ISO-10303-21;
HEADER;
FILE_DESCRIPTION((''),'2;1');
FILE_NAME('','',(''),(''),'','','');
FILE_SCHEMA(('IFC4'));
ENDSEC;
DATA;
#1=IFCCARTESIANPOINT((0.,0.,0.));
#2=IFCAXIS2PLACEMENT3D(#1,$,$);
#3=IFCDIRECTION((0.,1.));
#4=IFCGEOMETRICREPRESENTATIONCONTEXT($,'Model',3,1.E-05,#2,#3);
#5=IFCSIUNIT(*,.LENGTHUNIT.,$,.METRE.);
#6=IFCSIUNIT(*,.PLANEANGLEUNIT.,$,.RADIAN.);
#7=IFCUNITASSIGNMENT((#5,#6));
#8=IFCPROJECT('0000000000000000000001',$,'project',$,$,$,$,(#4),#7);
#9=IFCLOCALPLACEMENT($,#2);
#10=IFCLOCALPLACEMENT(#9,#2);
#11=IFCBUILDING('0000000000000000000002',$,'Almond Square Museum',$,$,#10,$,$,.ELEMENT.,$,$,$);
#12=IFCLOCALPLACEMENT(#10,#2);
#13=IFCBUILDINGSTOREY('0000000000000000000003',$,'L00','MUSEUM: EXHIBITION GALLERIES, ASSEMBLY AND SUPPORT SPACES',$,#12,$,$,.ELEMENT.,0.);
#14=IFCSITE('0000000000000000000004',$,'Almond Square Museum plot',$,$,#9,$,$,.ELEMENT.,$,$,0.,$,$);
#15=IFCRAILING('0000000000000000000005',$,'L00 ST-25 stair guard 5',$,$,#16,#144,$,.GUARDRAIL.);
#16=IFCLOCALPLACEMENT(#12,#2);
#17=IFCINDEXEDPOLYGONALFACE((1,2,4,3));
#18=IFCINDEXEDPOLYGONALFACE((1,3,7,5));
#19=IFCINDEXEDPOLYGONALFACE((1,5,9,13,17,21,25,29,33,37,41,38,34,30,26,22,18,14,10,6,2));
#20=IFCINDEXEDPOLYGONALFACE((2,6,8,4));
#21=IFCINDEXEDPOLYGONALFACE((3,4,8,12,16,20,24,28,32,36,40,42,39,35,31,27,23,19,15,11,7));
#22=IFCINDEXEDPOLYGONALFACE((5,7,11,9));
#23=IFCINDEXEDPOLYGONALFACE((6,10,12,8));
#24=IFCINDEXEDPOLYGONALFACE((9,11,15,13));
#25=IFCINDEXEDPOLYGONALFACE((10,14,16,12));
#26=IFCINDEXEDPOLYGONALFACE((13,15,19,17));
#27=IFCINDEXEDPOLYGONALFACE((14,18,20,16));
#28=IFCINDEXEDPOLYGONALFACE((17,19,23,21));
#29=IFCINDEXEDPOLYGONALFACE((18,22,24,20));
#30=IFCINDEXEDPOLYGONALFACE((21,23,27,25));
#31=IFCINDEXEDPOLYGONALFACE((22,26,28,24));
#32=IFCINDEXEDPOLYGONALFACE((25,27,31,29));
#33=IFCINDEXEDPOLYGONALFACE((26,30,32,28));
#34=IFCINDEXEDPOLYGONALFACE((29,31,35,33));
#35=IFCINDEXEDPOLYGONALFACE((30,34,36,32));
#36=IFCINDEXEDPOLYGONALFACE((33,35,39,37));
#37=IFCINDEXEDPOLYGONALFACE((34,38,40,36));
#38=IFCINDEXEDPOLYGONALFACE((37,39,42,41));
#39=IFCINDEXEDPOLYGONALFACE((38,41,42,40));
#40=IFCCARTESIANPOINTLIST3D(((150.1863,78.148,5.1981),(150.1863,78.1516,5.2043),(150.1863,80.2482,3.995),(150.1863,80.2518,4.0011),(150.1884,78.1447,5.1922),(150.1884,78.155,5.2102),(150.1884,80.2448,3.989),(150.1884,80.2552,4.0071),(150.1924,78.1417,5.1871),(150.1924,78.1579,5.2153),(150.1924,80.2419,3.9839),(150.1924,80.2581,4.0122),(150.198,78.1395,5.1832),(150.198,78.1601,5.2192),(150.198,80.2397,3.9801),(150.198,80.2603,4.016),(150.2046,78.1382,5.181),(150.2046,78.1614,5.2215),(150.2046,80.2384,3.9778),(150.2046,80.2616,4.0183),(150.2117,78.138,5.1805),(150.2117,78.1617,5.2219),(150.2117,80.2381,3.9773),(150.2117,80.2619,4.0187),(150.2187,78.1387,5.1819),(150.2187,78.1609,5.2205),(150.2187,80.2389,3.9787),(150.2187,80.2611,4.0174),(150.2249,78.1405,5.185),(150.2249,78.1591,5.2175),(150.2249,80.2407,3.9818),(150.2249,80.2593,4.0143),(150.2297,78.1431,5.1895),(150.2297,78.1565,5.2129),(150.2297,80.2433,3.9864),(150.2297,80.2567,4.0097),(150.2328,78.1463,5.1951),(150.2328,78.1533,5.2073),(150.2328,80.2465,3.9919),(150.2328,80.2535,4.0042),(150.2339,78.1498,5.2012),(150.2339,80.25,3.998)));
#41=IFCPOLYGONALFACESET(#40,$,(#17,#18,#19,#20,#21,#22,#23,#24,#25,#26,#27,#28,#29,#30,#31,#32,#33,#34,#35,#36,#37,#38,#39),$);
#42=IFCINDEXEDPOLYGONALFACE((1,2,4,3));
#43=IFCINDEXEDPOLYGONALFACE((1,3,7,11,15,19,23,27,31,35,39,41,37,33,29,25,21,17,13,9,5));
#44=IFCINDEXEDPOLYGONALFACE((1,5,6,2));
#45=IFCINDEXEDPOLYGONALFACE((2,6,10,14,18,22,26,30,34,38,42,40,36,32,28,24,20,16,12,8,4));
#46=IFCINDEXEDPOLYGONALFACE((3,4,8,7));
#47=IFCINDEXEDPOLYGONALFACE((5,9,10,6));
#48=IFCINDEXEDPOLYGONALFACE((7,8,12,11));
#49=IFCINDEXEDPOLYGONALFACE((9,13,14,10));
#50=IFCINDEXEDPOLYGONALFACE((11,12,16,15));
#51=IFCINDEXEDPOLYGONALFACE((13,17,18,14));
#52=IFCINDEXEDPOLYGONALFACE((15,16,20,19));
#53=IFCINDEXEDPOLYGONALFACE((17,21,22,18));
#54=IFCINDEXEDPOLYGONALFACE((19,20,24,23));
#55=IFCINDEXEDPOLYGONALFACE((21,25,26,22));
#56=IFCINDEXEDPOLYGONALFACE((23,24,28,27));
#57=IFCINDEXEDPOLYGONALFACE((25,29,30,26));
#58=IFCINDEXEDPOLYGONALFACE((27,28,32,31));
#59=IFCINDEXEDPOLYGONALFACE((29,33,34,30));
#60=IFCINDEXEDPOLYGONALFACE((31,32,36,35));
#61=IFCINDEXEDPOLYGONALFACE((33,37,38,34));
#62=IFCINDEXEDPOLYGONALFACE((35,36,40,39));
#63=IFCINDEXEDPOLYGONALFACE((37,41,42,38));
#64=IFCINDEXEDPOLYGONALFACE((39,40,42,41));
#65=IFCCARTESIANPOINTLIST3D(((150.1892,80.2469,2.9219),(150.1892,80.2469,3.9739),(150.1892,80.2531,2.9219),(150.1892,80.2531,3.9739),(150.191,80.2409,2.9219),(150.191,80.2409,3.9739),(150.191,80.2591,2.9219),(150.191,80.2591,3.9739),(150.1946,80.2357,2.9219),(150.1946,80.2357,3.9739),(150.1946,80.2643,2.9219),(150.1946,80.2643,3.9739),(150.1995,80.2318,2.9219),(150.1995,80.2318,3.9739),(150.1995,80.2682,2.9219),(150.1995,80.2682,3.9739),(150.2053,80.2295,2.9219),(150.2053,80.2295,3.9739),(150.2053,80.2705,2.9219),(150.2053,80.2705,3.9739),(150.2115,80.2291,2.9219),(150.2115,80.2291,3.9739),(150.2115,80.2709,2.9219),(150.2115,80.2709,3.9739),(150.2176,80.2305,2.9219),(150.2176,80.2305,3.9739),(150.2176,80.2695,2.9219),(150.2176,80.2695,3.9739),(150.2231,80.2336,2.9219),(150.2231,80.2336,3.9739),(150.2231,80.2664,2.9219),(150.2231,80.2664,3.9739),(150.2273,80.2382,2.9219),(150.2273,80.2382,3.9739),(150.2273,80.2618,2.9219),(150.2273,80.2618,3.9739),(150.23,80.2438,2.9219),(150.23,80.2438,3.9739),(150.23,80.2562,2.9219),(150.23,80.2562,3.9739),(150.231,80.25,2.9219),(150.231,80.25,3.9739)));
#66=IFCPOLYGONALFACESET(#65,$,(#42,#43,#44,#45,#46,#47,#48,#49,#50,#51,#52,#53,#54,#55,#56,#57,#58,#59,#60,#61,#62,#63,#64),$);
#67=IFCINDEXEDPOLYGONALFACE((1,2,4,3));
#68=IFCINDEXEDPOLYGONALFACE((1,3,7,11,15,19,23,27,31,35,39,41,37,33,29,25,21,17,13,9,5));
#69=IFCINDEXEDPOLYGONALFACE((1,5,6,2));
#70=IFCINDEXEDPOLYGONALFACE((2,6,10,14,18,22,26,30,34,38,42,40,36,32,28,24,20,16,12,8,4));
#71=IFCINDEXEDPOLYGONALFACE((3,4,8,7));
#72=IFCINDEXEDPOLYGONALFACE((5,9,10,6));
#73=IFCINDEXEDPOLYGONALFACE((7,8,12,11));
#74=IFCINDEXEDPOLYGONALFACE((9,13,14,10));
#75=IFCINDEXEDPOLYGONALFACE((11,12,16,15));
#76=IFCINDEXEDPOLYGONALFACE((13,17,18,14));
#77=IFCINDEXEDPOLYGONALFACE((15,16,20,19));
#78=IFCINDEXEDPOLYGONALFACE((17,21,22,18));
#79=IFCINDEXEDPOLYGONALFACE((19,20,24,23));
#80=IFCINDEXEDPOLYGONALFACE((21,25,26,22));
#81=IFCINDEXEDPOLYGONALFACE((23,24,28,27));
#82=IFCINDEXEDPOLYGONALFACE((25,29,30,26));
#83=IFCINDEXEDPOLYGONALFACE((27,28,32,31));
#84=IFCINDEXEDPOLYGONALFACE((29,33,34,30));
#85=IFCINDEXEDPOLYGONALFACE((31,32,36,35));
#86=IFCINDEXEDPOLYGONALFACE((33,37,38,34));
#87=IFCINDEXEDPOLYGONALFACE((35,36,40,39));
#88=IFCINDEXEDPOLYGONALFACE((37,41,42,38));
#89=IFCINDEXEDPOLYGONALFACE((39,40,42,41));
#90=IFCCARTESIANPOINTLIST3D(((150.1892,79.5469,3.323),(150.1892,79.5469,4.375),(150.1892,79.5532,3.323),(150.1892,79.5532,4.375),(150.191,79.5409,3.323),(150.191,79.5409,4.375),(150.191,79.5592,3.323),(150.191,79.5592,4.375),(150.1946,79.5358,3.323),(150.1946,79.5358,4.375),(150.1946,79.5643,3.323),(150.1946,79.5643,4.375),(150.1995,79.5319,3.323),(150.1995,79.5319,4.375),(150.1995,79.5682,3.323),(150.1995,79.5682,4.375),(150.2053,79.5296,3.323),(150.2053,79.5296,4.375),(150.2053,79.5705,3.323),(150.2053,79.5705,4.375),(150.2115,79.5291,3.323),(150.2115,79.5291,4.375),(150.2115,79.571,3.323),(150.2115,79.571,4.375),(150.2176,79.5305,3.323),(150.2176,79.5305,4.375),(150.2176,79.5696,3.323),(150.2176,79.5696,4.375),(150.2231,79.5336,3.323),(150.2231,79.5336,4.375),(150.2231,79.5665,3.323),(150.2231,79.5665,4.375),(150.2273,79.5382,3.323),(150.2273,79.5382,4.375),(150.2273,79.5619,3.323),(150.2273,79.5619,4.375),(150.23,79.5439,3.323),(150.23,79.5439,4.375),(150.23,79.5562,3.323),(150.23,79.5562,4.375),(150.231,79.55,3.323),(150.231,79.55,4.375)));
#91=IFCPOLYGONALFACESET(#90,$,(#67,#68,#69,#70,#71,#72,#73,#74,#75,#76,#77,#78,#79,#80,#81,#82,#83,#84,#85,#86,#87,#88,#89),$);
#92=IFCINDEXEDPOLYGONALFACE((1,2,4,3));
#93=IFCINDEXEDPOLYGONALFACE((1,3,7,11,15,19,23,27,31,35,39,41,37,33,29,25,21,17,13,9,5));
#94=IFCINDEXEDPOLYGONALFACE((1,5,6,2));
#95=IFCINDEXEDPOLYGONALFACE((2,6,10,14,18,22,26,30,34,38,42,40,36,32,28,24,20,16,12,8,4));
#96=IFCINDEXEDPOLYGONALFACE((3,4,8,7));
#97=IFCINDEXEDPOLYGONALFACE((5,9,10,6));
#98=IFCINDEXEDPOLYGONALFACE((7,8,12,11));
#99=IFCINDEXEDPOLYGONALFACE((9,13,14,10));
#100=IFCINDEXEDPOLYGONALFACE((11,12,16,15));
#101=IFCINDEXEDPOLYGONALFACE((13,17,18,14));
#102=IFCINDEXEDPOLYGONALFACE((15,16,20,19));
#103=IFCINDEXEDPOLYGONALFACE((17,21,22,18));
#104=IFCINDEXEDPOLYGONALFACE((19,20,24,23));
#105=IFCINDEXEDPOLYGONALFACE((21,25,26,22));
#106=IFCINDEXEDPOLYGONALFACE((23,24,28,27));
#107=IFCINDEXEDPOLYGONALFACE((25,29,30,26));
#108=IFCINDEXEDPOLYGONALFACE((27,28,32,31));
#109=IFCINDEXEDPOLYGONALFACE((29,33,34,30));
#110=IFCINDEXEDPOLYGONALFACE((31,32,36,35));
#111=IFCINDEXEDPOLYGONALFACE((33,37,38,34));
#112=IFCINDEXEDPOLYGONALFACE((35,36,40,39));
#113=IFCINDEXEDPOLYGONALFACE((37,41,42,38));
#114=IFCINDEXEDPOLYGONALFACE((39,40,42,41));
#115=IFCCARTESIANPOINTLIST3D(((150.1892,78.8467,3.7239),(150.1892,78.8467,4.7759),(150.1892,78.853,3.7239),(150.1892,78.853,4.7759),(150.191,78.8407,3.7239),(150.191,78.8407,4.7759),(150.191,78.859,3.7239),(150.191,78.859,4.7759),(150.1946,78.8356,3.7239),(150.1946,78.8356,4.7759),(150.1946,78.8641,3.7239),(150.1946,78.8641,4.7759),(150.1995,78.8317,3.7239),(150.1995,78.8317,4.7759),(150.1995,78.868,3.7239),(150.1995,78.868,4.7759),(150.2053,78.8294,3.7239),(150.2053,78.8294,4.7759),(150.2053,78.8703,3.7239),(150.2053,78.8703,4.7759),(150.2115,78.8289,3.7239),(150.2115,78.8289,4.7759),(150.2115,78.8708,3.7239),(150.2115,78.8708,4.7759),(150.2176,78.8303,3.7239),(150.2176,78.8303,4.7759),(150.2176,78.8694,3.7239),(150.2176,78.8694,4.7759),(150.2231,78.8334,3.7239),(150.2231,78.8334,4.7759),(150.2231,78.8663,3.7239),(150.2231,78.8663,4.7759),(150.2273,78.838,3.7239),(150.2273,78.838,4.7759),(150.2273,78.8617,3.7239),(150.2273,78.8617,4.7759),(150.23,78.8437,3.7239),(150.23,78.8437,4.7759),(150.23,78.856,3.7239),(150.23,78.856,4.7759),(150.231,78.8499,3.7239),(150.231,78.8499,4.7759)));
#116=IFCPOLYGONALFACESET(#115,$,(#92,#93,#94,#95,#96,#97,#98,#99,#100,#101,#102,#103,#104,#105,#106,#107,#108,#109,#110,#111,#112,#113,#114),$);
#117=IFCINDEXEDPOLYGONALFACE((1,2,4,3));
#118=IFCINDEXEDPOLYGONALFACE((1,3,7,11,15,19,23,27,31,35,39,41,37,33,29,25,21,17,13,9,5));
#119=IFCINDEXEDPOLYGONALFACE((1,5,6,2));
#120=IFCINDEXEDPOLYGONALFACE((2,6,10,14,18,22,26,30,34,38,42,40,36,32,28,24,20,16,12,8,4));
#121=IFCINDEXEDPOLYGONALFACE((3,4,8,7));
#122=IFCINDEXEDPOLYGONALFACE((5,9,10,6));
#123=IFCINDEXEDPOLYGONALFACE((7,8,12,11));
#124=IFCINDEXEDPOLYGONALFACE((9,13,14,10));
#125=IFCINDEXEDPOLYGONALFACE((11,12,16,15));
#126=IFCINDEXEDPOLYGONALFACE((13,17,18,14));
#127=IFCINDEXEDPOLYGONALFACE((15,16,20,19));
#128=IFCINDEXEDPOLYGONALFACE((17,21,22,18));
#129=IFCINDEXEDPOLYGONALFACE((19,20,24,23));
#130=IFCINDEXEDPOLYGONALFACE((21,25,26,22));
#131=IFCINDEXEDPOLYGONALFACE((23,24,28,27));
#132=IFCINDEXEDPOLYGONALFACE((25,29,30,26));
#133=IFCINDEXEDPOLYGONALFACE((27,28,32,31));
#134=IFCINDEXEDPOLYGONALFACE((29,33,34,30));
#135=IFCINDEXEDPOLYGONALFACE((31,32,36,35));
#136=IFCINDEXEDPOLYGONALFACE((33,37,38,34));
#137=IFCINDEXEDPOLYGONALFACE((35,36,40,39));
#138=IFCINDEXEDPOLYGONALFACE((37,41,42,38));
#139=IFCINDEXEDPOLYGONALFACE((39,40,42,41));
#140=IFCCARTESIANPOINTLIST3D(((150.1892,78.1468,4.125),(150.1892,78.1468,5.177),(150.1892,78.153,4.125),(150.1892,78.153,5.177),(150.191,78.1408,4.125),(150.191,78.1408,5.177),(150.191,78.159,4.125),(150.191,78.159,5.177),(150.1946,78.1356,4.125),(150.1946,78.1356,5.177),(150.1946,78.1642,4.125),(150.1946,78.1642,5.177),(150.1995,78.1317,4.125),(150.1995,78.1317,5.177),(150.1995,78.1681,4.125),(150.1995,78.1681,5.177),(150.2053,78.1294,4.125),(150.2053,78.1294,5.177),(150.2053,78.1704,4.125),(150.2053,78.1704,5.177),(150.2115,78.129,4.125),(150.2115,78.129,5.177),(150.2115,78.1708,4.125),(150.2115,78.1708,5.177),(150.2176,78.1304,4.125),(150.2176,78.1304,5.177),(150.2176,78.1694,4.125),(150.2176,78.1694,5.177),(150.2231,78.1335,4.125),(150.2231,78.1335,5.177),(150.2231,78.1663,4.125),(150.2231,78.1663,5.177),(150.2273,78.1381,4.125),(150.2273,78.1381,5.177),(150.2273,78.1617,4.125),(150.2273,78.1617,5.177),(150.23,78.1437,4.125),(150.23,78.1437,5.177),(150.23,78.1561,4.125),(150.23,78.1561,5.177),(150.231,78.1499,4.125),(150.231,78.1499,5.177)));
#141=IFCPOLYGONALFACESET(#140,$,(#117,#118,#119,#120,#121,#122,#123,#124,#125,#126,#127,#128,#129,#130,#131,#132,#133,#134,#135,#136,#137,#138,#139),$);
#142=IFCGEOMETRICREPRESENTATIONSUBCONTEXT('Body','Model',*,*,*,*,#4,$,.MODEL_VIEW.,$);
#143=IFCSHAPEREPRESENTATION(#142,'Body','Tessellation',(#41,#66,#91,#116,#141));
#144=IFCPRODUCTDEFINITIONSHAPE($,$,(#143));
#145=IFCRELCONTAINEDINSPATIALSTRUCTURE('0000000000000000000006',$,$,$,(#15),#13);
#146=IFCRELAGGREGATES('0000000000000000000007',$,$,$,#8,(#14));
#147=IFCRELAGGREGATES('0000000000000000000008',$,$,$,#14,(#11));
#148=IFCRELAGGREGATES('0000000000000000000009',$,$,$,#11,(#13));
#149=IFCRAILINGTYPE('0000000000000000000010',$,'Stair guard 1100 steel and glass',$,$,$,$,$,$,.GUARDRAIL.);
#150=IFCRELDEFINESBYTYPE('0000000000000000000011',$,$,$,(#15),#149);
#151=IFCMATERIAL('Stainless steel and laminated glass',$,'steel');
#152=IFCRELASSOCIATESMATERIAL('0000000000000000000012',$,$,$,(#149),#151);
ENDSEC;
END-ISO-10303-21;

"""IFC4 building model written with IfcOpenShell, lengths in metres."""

from ifc_helpers import new_model, si_unit, direction, frame, origin, origin_2d, place, context, subcontext, project, spatial, circle, extrude, material, type_object, element, save


model = new_model("IFC4")

# Units and contexts
model_context = context("Model", 3, precision=1e-05, world=origin(), true_north=direction((0.0, 1.0)))
body_context = subcontext(model_context, "Body", "Model", "MODEL_VIEW")
ifc_project = project(units=[si_unit("LENGTHUNIT", "METRE"), si_unit("PLANEANGLEUNIT", "RADIAN")], contexts=[model_context])

# Site, building, storey
site_placement = place(None, origin())
site = spatial("IfcSite", under=ifc_project, at=site_placement, Name="Almond Square Museum plot", CompositionType="ELEMENT", RefElevation=0.0)
building_placement = place(site_placement, origin())
building = spatial("IfcBuilding", under=site, at=building_placement, Name="Almond Square Museum", CompositionType="ELEMENT")
storey_placement = place(building_placement, origin())
storey = spatial("IfcBuildingStorey", under=building, at=storey_placement, Name="L00", Description="MUSEUM: EXHIBITION GALLERIES, ASSEMBLY AND SUPPORT SPACES", CompositionType="ELEMENT", Elevation=0.0)

# Railing
ifc_material_1 = material(Name="Stainless steel and laminated glass", Category="steel")
railing_type_1 = type_object("IfcRailingType", Name="Stair guard 1100 steel and glass", PredefinedType="GUARDRAIL", material=ifc_material_1)
railing_1_placement = place(storey_placement, frame((150.21, 80.25, 2.9219)))
element("IfcRailing", 1, at=railing_1_placement, inside=storey, type_object=railing_type_1, Name="L00 ST-25 stair guard 5", PredefinedType="GUARDRAIL", context=body_context, shape_type="SweptSolid", body=[
    extrude(circle(Radius=0.0239, at=origin_2d()), frame((0.0, 0.0, 1.0762), z_axis=(0.0, -0.867696, 0.497095), x_axis=(1.0, 0.0, 0.0)), (0.0, 0.0, 1.0), 2.4204),
    extrude(circle(Radius=0.021, at=origin_2d()), origin(), (0.0, 0.0, 1.0), 1.052),
    extrude(circle(Radius=0.021, at=origin_2d()), frame((0.0, -0.7, 0.4011)), (0.0, 0.0, 1.0), 1.052),
    extrude(circle(Radius=0.021, at=origin_2d()), frame((0.0, -1.4001, 0.802)), (0.0, 0.0, 1.0), 1.052),
    extrude(circle(Radius=0.021, at=origin_2d()), frame((0.0, -2.1001, 1.2031)), (0.0, 0.0, 1.0), 1.052),
])

save(model, "model.ifc")
